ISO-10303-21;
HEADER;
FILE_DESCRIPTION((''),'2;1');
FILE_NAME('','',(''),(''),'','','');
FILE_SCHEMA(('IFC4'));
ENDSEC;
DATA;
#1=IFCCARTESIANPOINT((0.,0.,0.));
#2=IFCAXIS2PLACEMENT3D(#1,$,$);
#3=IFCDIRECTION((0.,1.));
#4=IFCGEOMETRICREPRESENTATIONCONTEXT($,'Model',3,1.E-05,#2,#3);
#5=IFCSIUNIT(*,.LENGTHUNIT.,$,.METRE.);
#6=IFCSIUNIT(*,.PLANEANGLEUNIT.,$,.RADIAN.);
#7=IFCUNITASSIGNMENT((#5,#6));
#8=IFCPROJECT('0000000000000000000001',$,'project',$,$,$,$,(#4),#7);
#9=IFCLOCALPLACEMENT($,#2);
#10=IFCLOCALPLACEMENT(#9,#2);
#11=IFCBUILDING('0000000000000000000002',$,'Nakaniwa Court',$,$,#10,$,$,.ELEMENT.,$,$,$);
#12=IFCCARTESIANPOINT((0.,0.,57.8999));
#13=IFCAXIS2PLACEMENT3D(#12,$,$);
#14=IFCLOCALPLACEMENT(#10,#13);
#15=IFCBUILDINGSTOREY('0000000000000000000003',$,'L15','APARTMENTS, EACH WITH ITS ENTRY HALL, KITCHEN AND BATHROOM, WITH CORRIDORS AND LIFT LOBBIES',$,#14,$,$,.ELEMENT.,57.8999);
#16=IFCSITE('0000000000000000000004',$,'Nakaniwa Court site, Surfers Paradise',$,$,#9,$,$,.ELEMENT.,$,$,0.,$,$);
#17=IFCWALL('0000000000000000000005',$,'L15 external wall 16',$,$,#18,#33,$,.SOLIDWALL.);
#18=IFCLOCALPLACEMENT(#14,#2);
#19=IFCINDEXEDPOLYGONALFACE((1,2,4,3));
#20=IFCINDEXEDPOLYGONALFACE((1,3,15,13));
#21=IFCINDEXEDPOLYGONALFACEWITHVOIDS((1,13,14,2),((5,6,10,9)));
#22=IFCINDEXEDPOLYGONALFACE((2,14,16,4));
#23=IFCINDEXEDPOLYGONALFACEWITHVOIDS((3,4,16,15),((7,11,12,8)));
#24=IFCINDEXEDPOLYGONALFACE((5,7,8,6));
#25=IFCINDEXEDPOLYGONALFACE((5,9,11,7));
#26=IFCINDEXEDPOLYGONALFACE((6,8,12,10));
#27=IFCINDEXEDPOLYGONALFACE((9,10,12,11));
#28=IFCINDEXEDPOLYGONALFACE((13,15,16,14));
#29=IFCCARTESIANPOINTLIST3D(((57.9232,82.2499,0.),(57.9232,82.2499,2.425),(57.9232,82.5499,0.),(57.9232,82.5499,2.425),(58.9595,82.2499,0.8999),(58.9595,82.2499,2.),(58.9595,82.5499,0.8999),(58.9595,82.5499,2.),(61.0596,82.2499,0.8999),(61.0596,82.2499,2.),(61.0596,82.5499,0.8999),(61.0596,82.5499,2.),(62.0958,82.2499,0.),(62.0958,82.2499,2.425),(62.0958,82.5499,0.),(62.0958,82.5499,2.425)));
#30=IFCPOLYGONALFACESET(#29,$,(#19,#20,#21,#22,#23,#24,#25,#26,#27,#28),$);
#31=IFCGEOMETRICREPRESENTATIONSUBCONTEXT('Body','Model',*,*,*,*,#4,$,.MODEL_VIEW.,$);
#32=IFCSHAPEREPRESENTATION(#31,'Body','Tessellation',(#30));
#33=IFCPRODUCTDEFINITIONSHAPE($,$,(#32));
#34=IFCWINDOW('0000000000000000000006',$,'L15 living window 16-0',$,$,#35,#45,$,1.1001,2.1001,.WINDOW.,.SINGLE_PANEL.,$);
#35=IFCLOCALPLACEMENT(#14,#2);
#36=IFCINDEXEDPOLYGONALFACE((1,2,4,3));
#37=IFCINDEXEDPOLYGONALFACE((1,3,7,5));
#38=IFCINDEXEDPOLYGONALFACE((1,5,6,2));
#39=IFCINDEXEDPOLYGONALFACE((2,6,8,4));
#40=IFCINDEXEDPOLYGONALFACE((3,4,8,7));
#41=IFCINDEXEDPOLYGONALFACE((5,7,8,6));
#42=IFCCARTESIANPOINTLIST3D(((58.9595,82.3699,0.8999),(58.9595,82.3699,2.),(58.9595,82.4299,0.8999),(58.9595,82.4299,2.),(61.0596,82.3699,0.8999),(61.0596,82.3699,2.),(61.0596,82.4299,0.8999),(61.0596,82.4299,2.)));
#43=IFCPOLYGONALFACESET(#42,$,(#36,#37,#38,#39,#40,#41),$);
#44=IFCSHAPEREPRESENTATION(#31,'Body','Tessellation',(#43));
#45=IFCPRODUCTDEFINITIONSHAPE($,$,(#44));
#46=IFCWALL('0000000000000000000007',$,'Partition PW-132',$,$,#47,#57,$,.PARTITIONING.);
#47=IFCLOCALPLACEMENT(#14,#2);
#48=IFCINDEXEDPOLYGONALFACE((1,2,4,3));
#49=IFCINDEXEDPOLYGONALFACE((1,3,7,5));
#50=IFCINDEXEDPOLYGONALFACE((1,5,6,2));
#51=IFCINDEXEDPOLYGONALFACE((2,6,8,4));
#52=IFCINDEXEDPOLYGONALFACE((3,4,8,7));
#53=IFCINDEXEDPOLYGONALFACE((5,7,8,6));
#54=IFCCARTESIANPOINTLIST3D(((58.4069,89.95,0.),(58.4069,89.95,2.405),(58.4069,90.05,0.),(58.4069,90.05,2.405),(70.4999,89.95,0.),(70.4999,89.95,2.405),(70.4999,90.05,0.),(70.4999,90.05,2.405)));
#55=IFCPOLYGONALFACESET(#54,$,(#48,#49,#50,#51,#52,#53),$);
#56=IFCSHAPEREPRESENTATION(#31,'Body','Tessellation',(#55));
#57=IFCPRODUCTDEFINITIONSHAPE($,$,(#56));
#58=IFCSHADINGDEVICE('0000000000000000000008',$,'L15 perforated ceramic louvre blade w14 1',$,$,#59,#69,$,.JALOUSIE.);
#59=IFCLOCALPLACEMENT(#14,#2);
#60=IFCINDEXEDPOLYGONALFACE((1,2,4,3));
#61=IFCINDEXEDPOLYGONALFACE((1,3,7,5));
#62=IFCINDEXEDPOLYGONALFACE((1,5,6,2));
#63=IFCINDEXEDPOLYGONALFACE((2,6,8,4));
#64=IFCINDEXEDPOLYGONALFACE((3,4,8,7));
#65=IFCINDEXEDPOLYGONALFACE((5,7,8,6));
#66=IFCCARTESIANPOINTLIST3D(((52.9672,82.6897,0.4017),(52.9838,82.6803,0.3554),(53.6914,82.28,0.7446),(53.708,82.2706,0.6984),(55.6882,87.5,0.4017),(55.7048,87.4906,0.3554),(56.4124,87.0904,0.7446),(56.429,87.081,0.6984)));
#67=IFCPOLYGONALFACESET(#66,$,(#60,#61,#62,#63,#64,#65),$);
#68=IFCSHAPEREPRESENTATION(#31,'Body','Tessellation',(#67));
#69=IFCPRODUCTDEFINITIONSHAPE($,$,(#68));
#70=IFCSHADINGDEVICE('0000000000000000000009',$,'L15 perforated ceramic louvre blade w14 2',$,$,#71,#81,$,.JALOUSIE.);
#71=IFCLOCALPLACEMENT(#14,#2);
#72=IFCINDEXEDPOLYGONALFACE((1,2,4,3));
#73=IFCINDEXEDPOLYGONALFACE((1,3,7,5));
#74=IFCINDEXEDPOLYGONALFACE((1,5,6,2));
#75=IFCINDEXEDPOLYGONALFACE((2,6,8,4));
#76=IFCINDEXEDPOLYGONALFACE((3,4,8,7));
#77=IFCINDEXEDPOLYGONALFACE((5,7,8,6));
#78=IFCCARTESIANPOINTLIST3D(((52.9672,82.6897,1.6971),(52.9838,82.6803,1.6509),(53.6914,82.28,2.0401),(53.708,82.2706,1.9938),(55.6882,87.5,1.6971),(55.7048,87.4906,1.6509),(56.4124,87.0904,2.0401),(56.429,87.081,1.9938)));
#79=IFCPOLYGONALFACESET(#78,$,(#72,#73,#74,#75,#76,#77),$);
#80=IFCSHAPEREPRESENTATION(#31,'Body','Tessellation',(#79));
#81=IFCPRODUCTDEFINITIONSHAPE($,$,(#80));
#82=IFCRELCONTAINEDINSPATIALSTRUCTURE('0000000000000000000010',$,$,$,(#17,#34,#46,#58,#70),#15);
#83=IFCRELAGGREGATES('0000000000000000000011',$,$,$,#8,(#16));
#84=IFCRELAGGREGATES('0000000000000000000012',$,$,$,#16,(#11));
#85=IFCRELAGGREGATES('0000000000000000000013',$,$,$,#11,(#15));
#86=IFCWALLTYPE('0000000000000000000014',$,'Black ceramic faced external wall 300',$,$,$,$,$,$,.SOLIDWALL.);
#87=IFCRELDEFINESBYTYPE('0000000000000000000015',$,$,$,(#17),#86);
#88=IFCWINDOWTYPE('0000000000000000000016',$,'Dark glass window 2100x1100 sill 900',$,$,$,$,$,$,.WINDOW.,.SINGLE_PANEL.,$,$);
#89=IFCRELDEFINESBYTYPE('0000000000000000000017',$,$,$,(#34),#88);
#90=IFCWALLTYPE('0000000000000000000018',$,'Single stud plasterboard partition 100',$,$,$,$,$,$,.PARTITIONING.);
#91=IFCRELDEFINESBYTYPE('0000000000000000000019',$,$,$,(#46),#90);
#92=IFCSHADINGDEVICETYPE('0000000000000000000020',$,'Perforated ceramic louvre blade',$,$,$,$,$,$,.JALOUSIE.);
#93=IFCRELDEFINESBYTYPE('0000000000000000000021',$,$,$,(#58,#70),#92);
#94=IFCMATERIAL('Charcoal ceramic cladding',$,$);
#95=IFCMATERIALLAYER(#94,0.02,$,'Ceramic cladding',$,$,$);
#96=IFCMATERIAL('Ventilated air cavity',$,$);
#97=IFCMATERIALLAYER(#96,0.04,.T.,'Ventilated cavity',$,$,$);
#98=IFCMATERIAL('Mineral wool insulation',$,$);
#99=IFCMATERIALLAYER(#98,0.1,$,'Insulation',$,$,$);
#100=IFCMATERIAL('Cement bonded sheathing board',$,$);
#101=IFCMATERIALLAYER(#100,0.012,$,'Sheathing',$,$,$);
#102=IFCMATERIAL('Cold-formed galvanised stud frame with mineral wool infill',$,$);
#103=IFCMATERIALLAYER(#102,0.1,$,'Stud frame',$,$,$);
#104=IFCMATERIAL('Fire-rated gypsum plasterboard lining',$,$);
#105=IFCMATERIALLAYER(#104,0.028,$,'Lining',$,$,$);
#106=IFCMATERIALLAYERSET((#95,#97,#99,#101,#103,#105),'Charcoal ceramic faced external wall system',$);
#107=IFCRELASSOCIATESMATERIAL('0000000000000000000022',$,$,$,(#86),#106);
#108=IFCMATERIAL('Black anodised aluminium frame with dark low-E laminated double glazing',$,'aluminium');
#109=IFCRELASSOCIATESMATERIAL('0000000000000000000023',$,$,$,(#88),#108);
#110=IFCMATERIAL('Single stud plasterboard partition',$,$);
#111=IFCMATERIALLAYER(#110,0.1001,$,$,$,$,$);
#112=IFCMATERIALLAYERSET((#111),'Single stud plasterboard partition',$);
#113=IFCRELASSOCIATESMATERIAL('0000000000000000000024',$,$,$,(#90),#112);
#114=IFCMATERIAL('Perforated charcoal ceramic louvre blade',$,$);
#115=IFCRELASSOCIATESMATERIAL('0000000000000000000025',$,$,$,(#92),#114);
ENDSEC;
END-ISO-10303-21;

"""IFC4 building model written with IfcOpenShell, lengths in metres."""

from ifc_helpers import new_model, si_unit, direction, frame, frame_2d, origin, origin_2d, place, context, subcontext, project, spatial, rectangle, extrude, material, layer, layer_set, material_profile, profile_set, type_object, element, fill, save


model = new_model("IFC4")

# Units and contexts
model_context = context("Model", 3, precision=1e-05, world=origin(), true_north=direction((0.0, 1.0)))
body_context = subcontext(model_context, "Body", "Model", "MODEL_VIEW")
ifc_project = project(units=[si_unit("LENGTHUNIT", "METRE"), si_unit("PLANEANGLEUNIT", "RADIAN")], contexts=[model_context])

# Site, building, storey
site_placement = place(None, origin())
site = spatial("IfcSite", under=ifc_project, at=site_placement, Name="Nakaniwa Court site, Surfers Paradise", CompositionType="ELEMENT", RefElevation=0.0)
building_placement = place(site_placement, origin())
building = spatial("IfcBuilding", under=site, at=building_placement, Name="Nakaniwa Court", CompositionType="ELEMENT")
storey_placement = place(building_placement, frame((0.0, 0.0, 57.8999)))
storey = spatial("IfcBuildingStorey", under=building, at=storey_placement, Name="L15", Description="APARTMENTS, EACH WITH ITS ENTRY HALL, KITCHEN AND BATHROOM, WITH CORRIDORS AND LIFT LOBBIES", CompositionType="ELEMENT", Elevation=57.8999)

# Shared definitions
ifc_material_1 = material(Name="Charcoal ceramic cladding")
ifc_layer_1 = layer(ifc_material_1, 0.02, Name="Ceramic cladding")
ifc_material_2 = material(Name="Ventilated air cavity")
ifc_layer_2 = layer(ifc_material_2, 0.04, ventilated=True, Name="Ventilated cavity")
ifc_material_3 = material(Name="Mineral wool insulation")
ifc_layer_3 = layer(ifc_material_3, 0.1, Name="Insulation")
ifc_material_4 = material(Name="Cement bonded sheathing board")
ifc_layer_4 = layer(ifc_material_4, 0.012, Name="Sheathing")
ifc_material_5 = material(Name="Cold-formed galvanised stud frame with mineral wool infill")
ifc_layer_5 = layer(ifc_material_5, 0.1, Name="Stud frame")
ifc_material_6 = material(Name="Fire-rated gypsum plasterboard lining")
ifc_layer_6 = layer(ifc_material_6, 0.028, Name="Lining")
ifc_layer_set_1 = layer_set([ifc_layer_1, ifc_layer_2, ifc_layer_3, ifc_layer_4, ifc_layer_5, ifc_layer_6], Name="Charcoal ceramic faced external wall system")
wall_type_1 = type_object("IfcWallType", Name="Black ceramic faced external wall 300", PredefinedType="SOLIDWALL", material=ifc_layer_set_1)
ifc_material_7 = material(Name="Black anodised aluminium frame with dark low-E laminated double glazing", Category="aluminium")

# Wall, opening, window
window_type_1 = type_object("IfcWindowType", Name="Dark glass window 2100x1100 sill 900", PartitioningType="SINGLE_PANEL", PredefinedType="WINDOW", material=ifc_material_7)
wall_1_placement = place(storey_placement, frame((57.9231, 82.3999, 0.0), z_axis=(0.0, 0.0, 1.0), x_axis=(1.0, 0.0, 0.0)))
wall_1 = element("IfcWall", 1, at=wall_1_placement, inside=storey, type_object=wall_type_1, Name="L15 external wall 16", PredefinedType="SOLIDWALL", context=body_context, shape_type="SweptSolid", body=[
    extrude(rectangle(XDim=4.1726, YDim=0.3, at=frame_2d((2.0864, 0.0))), origin(), (0.0, 0.0, 1.0), 2.425),
])
opening_1_placement = place(wall_1_placement, frame((1.0364, 0.0, 0.8999)))
opening_1 = element("IfcOpeningElement", 2, at=opening_1_placement, cuts=wall_1, PredefinedType="OPENING", context=body_context, shape_type="SweptSolid", body=[
    extrude(rectangle(XDim=2.1001, YDim=1.1001, at=frame_2d((1.05, 0.55))), frame((0.0, 0.1599, 0.0), z_axis=(0.0, -1.0, 0.0), x_axis=(1.0, 0.0, 0.0)), (0.0, 0.0, 1.0), 0.3201),
])
window_1_placement = place(opening_1_placement, origin())
window_1 = element("IfcWindow", 3, at=window_1_placement, inside=storey, type_object=window_type_1, Name="L15 living window 16-0", OverallHeight=1.1001, OverallWidth=2.1001, PartitioningType="SINGLE_PANEL", PredefinedType="WINDOW", context=body_context, shape_type="SweptSolid", body=[
    extrude(rectangle(XDim=2.1001, YDim=1.1001, at=frame_2d((1.05, 0.55))), frame((0.0, 0.03, 0.0), z_axis=(0.0, -1.0, 0.0), x_axis=(1.0, 0.0, 0.0)), (0.0, 0.0, 1.0), 0.0601),
])
fill(opening_1, window_1)

# Wall
ifc_material_8 = material(Name="Single stud plasterboard partition")
ifc_layer_7 = layer(ifc_material_8, 0.1001)
ifc_layer_set_2 = layer_set([ifc_layer_7], Name="Single stud plasterboard partition")
wall_type_2 = type_object("IfcWallType", Name="Single stud plasterboard partition 100", PredefinedType="PARTITIONING", material=ifc_layer_set_2)
wall_2_placement = place(storey_placement, frame((58.407, 90.0, 0.0), z_axis=(0.0, 0.0, 1.0), x_axis=(1.0, 0.0, 0.0)))
element("IfcWall", 4, at=wall_2_placement, inside=storey, type_object=wall_type_2, Name="Partition PW-132", PredefinedType="PARTITIONING", context=body_context, shape_type="SweptSolid", body=[
    extrude(rectangle(XDim=12.093, YDim=0.1001, at=frame_2d((6.0464, 0.0))), origin(), (0.0, 0.0, 1.0), 2.405),
])

# Shading devices
ifc_material_9 = material(Name="Perforated charcoal ceramic louvre blade")
ifc_material_profile_1 = material_profile(ifc_material_9, rectangle(XDim=0.8999, YDim=0.05, at=origin_2d()), Name="Perforated ceramic louvre blade")
ifc_profile_set_1 = profile_set([ifc_material_profile_1], Name="Perforated charcoal ceramic louvre blade")
shading_device_type = type_object("IfcShadingDeviceType", Name="Perforated ceramic louvre blade", PredefinedType="JALOUSIE", material=ifc_profile_set_1)
for number, where, z_axis, x_axis, name in (
    (5, (56.0586, 87.2905, 0.55), (-0.492343, -0.870402, 0.0), (0.804726, -0.455193, 0.38107), "L15 perforated ceramic louvre blade w14 1"),
    (6, (56.0586, 87.2905, 1.8455), (-0.492343, -0.870402, 0.0), (0.804726, -0.455193, 0.38107), "L15 perforated ceramic louvre blade w14 2"),
):
    element("IfcShadingDevice", number, at=place(storey_placement, frame(where, z_axis=z_axis, x_axis=x_axis)), inside=storey, type_object=shading_device_type, Name=name, PredefinedType="JALOUSIE", context=body_context, shape_type="SweptSolid", body=[
        extrude(rectangle(XDim=0.8999, YDim=0.05, at=origin_2d()), origin(), (0.0, 0.0, 1.0), 5.5266),
    ])

save(model, "model.ifc")
